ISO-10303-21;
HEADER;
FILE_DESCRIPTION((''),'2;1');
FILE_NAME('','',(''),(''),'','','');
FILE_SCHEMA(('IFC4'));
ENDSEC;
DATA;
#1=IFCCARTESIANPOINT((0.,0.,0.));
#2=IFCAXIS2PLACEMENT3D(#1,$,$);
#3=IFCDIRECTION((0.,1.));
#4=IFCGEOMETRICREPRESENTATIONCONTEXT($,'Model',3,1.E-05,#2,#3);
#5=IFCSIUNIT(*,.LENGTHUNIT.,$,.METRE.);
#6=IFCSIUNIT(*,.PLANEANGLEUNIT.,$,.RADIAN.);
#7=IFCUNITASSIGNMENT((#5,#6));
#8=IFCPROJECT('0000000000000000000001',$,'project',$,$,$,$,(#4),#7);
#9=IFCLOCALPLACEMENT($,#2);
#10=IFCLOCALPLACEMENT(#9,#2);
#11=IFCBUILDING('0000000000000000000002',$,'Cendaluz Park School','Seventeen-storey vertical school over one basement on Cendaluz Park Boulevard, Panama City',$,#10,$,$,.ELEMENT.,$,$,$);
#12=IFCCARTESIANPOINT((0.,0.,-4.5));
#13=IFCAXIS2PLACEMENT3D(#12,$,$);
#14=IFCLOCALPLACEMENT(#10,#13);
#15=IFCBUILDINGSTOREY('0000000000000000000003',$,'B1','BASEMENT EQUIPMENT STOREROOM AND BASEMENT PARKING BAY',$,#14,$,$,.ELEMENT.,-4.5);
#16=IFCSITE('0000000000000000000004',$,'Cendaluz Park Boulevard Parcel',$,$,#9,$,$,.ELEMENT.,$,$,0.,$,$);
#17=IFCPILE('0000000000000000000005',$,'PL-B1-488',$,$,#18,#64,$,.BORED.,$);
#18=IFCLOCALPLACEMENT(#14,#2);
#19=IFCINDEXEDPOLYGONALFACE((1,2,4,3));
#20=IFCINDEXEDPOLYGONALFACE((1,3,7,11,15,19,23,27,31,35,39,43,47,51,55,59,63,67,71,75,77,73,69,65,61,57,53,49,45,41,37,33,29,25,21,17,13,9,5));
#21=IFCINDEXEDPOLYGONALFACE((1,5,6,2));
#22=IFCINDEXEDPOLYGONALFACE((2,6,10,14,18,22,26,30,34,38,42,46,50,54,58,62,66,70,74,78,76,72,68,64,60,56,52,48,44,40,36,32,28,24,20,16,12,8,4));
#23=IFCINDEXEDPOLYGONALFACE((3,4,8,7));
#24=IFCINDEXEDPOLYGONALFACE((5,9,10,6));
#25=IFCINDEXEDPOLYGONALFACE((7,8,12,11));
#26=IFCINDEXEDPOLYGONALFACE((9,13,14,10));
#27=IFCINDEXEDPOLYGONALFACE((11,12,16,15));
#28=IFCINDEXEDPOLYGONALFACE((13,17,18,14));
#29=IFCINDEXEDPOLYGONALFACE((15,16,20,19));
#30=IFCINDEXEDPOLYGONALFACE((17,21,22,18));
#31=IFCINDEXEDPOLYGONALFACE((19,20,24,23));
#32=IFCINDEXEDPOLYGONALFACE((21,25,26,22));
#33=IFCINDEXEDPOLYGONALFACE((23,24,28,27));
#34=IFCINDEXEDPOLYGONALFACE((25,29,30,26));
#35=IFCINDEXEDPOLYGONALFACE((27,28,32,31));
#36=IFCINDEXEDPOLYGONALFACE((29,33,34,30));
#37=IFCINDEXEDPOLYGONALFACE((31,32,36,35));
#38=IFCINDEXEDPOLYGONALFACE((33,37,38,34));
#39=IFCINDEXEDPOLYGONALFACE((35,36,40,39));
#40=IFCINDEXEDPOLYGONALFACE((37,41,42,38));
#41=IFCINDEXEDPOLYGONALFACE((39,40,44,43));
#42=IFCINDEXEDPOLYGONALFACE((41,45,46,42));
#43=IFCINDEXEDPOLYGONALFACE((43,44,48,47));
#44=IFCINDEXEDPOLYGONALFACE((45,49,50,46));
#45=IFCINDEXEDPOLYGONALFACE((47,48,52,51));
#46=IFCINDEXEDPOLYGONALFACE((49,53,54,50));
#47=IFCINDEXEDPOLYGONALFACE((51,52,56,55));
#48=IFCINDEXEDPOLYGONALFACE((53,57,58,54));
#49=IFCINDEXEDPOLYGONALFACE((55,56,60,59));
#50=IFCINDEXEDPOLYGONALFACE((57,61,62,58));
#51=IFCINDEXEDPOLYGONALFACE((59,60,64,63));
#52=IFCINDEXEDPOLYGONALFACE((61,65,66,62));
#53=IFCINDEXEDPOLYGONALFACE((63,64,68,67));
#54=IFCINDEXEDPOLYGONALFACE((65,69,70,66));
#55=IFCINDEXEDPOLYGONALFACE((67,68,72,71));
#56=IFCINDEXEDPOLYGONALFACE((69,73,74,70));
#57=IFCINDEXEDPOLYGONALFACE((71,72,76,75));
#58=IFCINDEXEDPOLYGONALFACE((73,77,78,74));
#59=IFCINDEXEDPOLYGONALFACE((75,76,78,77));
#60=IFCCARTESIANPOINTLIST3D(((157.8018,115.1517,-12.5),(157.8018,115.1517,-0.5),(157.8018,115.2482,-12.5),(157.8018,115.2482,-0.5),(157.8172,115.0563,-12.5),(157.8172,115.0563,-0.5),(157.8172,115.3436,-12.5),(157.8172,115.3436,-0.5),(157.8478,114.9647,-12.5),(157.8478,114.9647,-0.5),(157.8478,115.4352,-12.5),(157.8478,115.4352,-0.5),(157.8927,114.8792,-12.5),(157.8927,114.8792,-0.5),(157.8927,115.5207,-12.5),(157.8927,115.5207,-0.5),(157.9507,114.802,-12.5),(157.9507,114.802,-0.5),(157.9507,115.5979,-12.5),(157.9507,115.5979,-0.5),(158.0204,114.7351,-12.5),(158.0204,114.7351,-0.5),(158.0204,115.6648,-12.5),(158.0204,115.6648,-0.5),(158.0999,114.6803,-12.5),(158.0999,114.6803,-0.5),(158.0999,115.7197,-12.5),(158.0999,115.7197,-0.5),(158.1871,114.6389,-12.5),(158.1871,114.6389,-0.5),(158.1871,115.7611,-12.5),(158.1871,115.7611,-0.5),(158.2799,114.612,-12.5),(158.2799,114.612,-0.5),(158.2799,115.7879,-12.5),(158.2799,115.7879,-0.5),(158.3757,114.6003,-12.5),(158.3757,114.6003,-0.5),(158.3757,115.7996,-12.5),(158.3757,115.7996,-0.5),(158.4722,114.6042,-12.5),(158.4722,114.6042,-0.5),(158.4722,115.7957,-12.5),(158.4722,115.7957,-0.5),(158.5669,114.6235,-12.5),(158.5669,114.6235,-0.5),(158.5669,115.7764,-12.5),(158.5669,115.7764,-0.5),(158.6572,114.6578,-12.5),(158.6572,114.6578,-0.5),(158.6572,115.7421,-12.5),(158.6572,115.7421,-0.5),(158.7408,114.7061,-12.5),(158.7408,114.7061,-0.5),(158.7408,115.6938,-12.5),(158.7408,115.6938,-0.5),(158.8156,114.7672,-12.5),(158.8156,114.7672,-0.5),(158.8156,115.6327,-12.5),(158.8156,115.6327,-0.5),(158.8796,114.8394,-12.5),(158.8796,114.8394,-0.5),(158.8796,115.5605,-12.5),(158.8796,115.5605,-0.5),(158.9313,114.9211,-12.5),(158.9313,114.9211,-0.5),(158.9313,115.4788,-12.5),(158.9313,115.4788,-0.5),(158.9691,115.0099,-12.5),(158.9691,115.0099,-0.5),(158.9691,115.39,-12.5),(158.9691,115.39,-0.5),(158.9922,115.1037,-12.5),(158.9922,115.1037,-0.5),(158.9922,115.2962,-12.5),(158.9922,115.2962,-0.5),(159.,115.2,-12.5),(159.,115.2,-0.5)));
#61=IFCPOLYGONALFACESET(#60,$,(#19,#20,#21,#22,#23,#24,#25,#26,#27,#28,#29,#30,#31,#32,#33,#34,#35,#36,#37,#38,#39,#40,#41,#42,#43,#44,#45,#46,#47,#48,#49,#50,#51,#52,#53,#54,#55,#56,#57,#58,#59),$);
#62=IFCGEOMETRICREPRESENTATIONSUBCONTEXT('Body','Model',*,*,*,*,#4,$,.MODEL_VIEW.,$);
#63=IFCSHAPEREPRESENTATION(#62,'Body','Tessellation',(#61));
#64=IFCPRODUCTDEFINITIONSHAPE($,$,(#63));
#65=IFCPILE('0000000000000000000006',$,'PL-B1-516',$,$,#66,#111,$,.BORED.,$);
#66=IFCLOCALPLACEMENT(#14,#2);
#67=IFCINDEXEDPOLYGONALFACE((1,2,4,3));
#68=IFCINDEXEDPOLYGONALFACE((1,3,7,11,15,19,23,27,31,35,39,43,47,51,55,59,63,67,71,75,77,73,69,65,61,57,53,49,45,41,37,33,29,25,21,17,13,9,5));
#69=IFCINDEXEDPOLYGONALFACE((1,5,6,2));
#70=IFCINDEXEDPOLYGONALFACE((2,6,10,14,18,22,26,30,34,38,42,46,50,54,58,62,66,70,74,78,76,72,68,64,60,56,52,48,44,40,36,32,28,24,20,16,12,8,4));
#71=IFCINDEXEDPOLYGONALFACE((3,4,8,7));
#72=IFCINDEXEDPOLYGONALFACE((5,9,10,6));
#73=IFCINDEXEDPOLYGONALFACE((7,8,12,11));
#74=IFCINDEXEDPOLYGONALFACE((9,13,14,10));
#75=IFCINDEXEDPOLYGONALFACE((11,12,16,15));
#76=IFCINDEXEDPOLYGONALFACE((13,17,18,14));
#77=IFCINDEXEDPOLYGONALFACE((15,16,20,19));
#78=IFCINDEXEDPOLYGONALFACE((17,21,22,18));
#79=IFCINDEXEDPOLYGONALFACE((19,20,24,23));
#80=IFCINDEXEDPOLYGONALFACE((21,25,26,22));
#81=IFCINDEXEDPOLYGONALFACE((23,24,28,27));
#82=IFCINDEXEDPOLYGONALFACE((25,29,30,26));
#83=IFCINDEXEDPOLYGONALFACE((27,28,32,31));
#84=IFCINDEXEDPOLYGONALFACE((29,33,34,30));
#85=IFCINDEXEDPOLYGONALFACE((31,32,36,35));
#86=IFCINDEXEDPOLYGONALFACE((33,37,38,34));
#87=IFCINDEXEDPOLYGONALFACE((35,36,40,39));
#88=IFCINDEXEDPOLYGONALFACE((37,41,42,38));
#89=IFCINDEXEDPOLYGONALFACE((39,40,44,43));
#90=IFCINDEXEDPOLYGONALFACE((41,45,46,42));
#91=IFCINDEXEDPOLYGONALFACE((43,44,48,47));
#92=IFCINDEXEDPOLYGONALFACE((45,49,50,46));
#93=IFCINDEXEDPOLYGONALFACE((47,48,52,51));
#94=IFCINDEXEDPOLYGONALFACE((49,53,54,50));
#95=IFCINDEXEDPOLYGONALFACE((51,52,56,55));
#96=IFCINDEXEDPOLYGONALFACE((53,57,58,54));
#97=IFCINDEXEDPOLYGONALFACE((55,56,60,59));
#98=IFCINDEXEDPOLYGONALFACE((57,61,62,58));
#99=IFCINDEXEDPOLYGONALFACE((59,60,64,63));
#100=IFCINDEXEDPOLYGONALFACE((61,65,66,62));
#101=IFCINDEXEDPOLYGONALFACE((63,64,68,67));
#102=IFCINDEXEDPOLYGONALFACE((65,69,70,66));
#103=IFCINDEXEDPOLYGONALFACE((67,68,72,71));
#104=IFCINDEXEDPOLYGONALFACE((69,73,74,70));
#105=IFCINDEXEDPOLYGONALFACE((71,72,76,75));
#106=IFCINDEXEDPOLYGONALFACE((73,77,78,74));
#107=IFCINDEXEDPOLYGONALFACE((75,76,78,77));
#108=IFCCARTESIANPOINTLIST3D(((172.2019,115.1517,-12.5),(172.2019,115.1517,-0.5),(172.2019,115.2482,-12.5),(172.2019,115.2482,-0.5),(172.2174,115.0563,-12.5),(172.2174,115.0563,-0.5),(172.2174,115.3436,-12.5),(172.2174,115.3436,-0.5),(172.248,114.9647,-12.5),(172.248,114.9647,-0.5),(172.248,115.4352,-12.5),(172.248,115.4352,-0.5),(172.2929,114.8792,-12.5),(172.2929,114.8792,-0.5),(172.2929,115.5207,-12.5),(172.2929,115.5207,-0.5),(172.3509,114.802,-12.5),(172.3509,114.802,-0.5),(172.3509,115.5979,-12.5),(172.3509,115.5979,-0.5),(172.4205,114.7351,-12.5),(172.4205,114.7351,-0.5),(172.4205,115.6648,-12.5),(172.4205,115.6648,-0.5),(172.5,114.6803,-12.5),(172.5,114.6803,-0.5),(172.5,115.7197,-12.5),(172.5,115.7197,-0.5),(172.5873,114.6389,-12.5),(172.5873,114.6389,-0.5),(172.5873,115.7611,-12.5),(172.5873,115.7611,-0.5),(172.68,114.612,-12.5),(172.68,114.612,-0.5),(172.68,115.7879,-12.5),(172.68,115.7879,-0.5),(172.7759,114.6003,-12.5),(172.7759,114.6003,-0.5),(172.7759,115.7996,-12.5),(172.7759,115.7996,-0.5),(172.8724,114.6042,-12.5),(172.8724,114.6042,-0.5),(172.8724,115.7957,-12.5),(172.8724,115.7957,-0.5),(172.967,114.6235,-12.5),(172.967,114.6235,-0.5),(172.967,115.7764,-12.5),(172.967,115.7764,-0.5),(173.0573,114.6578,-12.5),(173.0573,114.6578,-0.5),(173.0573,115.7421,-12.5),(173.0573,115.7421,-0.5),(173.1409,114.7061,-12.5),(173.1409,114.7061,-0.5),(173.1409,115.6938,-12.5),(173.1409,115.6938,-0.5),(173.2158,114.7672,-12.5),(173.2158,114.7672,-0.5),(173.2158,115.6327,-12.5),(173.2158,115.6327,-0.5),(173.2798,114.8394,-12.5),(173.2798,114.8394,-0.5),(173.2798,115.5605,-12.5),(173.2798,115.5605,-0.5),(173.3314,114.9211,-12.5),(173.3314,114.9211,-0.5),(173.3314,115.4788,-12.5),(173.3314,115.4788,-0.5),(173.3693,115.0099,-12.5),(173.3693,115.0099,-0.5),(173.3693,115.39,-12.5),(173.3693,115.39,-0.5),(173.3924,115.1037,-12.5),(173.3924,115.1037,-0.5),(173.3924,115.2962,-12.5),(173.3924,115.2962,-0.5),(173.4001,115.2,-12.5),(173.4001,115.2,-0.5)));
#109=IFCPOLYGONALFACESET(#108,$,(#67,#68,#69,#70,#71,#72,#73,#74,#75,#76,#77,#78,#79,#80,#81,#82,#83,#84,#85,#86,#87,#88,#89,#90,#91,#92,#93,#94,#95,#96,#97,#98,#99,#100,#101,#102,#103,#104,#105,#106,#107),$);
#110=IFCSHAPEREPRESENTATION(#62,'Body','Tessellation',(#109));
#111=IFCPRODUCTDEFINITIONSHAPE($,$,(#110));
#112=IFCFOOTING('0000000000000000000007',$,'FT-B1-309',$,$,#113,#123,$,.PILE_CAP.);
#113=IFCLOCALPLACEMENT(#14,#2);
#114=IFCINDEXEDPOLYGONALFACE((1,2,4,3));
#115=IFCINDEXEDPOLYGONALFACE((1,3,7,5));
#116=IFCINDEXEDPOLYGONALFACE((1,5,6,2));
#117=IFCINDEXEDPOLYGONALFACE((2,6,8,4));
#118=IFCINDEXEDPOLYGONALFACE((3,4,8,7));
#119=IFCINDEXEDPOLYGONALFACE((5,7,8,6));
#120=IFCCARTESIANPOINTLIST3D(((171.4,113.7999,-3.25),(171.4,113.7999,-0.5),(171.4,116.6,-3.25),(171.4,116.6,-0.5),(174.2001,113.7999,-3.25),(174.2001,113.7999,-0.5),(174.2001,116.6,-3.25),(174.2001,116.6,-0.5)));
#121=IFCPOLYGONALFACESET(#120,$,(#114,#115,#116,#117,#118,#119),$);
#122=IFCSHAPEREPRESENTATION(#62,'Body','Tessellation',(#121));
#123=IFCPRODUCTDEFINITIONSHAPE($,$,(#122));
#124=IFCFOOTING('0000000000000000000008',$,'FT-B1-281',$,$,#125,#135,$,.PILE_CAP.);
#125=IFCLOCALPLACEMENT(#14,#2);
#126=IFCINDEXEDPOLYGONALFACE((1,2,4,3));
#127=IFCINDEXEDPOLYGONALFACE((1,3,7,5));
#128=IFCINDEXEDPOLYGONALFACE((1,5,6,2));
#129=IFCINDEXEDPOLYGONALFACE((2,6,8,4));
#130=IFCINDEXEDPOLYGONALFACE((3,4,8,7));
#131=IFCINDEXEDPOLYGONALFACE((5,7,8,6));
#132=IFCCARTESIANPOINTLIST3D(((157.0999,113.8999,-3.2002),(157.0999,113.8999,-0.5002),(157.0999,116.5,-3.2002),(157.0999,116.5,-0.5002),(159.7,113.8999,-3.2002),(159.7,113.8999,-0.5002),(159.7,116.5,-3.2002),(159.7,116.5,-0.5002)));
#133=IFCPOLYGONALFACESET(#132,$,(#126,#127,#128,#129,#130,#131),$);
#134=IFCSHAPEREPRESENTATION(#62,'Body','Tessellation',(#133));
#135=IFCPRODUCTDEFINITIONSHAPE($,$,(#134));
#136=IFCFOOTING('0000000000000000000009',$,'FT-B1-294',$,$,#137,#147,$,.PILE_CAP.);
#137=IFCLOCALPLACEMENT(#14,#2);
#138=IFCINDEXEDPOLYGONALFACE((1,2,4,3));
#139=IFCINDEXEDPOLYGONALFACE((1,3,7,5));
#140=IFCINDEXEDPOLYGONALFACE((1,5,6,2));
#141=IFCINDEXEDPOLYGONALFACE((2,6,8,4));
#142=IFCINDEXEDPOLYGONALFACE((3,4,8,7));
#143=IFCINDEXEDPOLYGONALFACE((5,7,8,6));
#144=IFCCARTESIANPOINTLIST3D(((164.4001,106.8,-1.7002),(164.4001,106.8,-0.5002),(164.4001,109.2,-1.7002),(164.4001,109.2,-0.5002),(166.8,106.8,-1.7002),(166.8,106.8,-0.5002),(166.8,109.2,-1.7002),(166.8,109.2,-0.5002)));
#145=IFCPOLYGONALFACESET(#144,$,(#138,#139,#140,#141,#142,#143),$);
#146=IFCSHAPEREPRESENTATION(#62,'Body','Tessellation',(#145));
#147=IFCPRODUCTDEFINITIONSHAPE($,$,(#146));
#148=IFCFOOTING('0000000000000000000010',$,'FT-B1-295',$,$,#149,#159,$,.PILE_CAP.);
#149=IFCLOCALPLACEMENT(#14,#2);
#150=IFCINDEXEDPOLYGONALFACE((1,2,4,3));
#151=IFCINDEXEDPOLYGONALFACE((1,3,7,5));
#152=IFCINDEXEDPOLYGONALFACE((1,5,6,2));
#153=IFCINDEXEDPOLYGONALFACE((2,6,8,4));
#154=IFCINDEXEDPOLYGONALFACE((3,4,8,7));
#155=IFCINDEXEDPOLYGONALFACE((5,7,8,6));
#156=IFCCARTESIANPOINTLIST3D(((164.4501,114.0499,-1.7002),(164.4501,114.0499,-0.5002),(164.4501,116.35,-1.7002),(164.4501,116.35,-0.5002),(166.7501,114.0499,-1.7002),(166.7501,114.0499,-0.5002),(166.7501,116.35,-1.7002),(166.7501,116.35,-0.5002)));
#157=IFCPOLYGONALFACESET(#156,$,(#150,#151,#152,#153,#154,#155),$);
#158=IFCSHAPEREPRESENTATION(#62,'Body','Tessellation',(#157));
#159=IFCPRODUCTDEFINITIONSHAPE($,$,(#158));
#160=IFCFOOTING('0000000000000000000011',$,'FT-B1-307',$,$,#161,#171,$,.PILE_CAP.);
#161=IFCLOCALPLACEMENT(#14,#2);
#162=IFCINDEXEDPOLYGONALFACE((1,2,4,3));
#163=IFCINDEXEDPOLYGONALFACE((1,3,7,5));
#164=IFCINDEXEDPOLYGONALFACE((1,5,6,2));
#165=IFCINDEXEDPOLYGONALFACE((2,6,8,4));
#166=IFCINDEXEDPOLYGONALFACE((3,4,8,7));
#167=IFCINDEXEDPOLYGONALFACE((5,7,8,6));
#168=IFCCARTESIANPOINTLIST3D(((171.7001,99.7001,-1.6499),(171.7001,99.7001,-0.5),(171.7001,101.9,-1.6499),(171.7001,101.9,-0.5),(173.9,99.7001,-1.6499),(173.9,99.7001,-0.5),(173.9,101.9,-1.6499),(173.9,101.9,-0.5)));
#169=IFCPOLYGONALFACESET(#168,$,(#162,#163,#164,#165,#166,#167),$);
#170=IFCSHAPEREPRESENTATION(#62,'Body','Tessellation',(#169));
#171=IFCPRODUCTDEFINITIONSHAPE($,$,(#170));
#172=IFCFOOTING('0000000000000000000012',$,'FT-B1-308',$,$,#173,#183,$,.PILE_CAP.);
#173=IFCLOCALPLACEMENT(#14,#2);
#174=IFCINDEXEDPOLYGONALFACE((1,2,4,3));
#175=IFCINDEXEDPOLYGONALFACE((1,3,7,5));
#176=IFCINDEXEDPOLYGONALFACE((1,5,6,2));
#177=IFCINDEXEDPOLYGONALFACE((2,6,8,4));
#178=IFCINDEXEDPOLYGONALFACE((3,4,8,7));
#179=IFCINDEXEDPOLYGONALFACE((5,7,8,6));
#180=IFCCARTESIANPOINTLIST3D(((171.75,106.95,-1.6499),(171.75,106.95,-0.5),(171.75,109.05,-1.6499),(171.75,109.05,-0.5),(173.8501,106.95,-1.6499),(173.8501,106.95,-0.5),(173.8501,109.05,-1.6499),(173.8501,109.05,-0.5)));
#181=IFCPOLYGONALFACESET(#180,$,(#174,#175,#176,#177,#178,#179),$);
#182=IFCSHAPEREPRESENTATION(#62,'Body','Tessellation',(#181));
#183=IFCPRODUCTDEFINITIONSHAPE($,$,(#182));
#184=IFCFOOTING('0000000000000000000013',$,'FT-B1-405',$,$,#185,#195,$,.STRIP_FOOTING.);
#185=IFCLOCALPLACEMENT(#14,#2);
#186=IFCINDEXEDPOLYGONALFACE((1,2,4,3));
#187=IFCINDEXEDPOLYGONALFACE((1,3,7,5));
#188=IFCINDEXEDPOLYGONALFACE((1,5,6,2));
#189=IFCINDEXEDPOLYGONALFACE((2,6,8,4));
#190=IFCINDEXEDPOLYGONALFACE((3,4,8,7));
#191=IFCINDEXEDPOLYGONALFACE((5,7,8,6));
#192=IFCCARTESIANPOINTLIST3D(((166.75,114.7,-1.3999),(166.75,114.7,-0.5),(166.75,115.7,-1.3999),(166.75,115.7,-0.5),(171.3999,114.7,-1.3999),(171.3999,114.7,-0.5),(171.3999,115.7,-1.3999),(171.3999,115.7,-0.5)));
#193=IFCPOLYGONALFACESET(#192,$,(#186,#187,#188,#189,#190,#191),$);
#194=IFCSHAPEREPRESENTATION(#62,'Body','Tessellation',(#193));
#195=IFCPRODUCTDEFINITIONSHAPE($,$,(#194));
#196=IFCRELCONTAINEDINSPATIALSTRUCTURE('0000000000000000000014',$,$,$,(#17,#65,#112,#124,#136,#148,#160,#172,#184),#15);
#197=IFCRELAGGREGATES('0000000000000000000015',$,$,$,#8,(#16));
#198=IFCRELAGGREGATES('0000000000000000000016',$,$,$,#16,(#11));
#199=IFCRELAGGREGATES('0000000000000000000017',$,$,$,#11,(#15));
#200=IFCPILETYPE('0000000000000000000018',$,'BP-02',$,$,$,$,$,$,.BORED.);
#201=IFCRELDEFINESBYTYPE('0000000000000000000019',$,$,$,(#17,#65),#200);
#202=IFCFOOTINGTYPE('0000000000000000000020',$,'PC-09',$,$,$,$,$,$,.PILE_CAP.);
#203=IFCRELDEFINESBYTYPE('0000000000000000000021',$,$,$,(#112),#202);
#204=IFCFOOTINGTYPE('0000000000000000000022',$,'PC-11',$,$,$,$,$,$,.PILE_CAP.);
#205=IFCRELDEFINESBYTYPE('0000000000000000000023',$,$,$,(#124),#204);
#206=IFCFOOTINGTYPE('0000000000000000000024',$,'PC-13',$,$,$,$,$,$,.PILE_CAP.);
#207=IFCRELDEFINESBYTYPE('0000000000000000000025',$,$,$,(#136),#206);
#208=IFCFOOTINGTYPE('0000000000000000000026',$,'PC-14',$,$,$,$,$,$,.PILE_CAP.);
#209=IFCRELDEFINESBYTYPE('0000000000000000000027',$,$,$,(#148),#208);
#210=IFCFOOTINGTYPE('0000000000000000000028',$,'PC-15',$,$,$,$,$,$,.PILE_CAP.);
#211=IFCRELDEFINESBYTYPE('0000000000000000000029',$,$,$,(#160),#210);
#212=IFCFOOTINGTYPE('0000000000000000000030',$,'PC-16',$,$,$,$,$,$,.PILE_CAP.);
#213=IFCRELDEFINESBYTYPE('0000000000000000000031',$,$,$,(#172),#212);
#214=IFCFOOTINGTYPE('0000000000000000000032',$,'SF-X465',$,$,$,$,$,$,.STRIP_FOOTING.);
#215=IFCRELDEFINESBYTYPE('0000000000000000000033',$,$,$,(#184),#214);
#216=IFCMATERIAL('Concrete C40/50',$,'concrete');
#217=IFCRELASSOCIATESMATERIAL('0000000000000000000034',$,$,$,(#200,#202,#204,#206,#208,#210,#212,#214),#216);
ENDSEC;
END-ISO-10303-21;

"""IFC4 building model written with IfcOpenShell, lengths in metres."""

from ifc_helpers import new_model, si_unit, direction, frame, origin, origin_2d, place, context, subcontext, project, spatial, rectangle, circle, extrude, material, material_profile, profile_set, type_object, element, save


model = new_model("IFC4")

# Units and contexts
model_context = context("Model", 3, precision=1e-05, world=origin(), true_north=direction((0.0, 1.0)))
body_context = subcontext(model_context, "Body", "Model", "MODEL_VIEW")
ifc_project = project(units=[si_unit("LENGTHUNIT", "METRE"), si_unit("PLANEANGLEUNIT", "RADIAN")], contexts=[model_context])

# Site, building, storey
site_placement = place(None, origin())
site = spatial("IfcSite", under=ifc_project, at=site_placement, Name="Cendaluz Park Boulevard Parcel", CompositionType="ELEMENT", RefElevation=0.0)
building_placement = place(site_placement, origin())
building = spatial("IfcBuilding", under=site, at=building_placement, Name="Cendaluz Park School", Description="Seventeen-storey vertical school over one basement on Cendaluz Park Boulevard, Panama City", CompositionType="ELEMENT")
storey_placement = place(building_placement, frame((0.0, 0.0, -4.5)))
storey = spatial("IfcBuildingStorey", under=building, at=storey_placement, Name="B1", Description="BASEMENT EQUIPMENT STOREROOM AND BASEMENT PARKING BAY", CompositionType="ELEMENT", Elevation=-4.5)

# Piles
ifc_material_1 = material(Name="Concrete C40/50", Category="concrete")
ifc_material_profile_1 = material_profile(ifc_material_1, circle(Radius=0.6001, at=origin_2d()), Name="BP D1200", Category="concrete")
ifc_profile_set_1 = profile_set([ifc_material_profile_1], Name="Concrete C40/50")
pile_type_1 = type_object("IfcPileType", Name="BP-02", PredefinedType="BORED", material=ifc_profile_set_1)
for number, where, z_axis, x_axis, name in (
    (1, (158.3999, 115.2, -0.5), (0.0, 0.0, -1.0), (1.0, 0.0, 0.0), "PL-B1-488"),
    (2, (172.8, 115.2, -0.5), (0.0, 0.0, -1.0), (1.0, 0.0, 0.0), "PL-B1-516"),
):
    element("IfcPile", number, at=place(storey_placement, frame(where, z_axis=z_axis, x_axis=x_axis)), inside=storey, type_object=pile_type_1, Name=name, PredefinedType="BORED", context=body_context, shape_type="SweptSolid", body=[
        extrude(circle(Radius=0.6001, at=origin_2d()), origin(), (0.0, 0.0, 1.0), 12.0),
    ])

# Footings
footing_type_1 = type_object("IfcFootingType", Name="PC-09", PredefinedType="PILE_CAP", material=ifc_material_1)
footing_1_placement = place(storey_placement, frame((172.8, 115.2, -3.25), z_axis=(0.0, 0.0, 1.0), x_axis=(1.0, 0.0, 0.0)))
element("IfcFooting", 3, at=footing_1_placement, inside=storey, type_object=footing_type_1, Name="FT-B1-309", PredefinedType="PILE_CAP", context=body_context, shape_type="SweptSolid", body=[
    extrude(rectangle(XDim=2.8, YDim=2.8, at=origin_2d()), origin(), (0.0, 0.0, 1.0), 2.75),
])
footing_type_2 = type_object("IfcFootingType", Name="PC-11", PredefinedType="PILE_CAP", material=ifc_material_1)
footing_2_placement = place(storey_placement, frame((158.3999, 115.2, -3.2002), z_axis=(0.0, 0.0, 1.0), x_axis=(1.0, 0.0, 0.0)))
element("IfcFooting", 4, at=footing_2_placement, inside=storey, type_object=footing_type_2, Name="FT-B1-281", PredefinedType="PILE_CAP", context=body_context, shape_type="SweptSolid", body=[
    extrude(rectangle(XDim=2.6001, YDim=2.6001, at=origin_2d()), origin(), (0.0, 0.0, 1.0), 2.7),
])
footing_type_3 = type_object("IfcFootingType", Name="PC-13", PredefinedType="PILE_CAP", material=ifc_material_1)
footing_3_placement = place(storey_placement, frame((165.6001, 108.0, -1.7002), z_axis=(0.0, 0.0, 1.0), x_axis=(1.0, 0.0, 0.0)))
element("IfcFooting", 5, at=footing_3_placement, inside=storey, type_object=footing_type_3, Name="FT-B1-294", PredefinedType="PILE_CAP", context=body_context, shape_type="SweptSolid", body=[
    extrude(rectangle(XDim=2.3999, YDim=2.3999, at=origin_2d()), origin(), (0.0, 0.0, 1.0), 1.2),
])
footing_type_4 = type_object("IfcFootingType", Name="PC-14", PredefinedType="PILE_CAP", material=ifc_material_1)
footing_4_placement = place(storey_placement, frame((165.6001, 115.2, -1.7002), z_axis=(0.0, 0.0, 1.0), x_axis=(1.0, 0.0, 0.0)))
element("IfcFooting", 6, at=footing_4_placement, inside=storey, type_object=footing_type_4, Name="FT-B1-295", PredefinedType="PILE_CAP", context=body_context, shape_type="SweptSolid", body=[
    extrude(rectangle(XDim=2.3, YDim=2.3, at=origin_2d()), origin(), (0.0, 0.0, 1.0), 1.2),
])
footing_type_5 = type_object("IfcFootingType", Name="PC-15", PredefinedType="PILE_CAP", material=ifc_material_1)
footing_5_placement = place(storey_placement, frame((172.8, 100.8, -1.6499), z_axis=(0.0, 0.0, 1.0), x_axis=(1.0, 0.0, 0.0)))
element("IfcFooting", 7, at=footing_5_placement, inside=storey, type_object=footing_type_5, Name="FT-B1-307", PredefinedType="PILE_CAP", context=body_context, shape_type="SweptSolid", body=[
    extrude(rectangle(XDim=2.2, YDim=2.2, at=origin_2d()), origin(), (0.0, 0.0, 1.0), 1.1499),
])
footing_type_6 = type_object("IfcFootingType", Name="PC-16", PredefinedType="PILE_CAP", material=ifc_material_1)
footing_6_placement = place(storey_placement, frame((172.8, 108.0, -1.6499), z_axis=(0.0, 0.0, 1.0), x_axis=(1.0, 0.0, 0.0)))
element("IfcFooting", 8, at=footing_6_placement, inside=storey, type_object=footing_type_6, Name="FT-B1-308", PredefinedType="PILE_CAP", context=body_context, shape_type="SweptSolid", body=[
    extrude(rectangle(XDim=2.1001, YDim=2.1001, at=origin_2d()), origin(), (0.0, 0.0, 1.0), 1.1499),
])
footing_type_7 = type_object("IfcFootingType", Name="SF-X465", PredefinedType="STRIP_FOOTING", material=ifc_material_1)
footing_7_placement = place(storey_placement, frame((169.075, 115.2, -1.3999), z_axis=(0.0, 0.0, 1.0), x_axis=(1.0, 0.0, 0.0)))
element("IfcFooting", 9, at=footing_7_placement, inside=storey, type_object=footing_type_7, Name="FT-B1-405", PredefinedType="STRIP_FOOTING", context=body_context, shape_type="SweptSolid", body=[
    extrude(rectangle(XDim=4.6499, YDim=1.0, at=origin_2d()), origin(), (0.0, 0.0, 1.0), 0.8999),
])

save(model, "model.ifc")
